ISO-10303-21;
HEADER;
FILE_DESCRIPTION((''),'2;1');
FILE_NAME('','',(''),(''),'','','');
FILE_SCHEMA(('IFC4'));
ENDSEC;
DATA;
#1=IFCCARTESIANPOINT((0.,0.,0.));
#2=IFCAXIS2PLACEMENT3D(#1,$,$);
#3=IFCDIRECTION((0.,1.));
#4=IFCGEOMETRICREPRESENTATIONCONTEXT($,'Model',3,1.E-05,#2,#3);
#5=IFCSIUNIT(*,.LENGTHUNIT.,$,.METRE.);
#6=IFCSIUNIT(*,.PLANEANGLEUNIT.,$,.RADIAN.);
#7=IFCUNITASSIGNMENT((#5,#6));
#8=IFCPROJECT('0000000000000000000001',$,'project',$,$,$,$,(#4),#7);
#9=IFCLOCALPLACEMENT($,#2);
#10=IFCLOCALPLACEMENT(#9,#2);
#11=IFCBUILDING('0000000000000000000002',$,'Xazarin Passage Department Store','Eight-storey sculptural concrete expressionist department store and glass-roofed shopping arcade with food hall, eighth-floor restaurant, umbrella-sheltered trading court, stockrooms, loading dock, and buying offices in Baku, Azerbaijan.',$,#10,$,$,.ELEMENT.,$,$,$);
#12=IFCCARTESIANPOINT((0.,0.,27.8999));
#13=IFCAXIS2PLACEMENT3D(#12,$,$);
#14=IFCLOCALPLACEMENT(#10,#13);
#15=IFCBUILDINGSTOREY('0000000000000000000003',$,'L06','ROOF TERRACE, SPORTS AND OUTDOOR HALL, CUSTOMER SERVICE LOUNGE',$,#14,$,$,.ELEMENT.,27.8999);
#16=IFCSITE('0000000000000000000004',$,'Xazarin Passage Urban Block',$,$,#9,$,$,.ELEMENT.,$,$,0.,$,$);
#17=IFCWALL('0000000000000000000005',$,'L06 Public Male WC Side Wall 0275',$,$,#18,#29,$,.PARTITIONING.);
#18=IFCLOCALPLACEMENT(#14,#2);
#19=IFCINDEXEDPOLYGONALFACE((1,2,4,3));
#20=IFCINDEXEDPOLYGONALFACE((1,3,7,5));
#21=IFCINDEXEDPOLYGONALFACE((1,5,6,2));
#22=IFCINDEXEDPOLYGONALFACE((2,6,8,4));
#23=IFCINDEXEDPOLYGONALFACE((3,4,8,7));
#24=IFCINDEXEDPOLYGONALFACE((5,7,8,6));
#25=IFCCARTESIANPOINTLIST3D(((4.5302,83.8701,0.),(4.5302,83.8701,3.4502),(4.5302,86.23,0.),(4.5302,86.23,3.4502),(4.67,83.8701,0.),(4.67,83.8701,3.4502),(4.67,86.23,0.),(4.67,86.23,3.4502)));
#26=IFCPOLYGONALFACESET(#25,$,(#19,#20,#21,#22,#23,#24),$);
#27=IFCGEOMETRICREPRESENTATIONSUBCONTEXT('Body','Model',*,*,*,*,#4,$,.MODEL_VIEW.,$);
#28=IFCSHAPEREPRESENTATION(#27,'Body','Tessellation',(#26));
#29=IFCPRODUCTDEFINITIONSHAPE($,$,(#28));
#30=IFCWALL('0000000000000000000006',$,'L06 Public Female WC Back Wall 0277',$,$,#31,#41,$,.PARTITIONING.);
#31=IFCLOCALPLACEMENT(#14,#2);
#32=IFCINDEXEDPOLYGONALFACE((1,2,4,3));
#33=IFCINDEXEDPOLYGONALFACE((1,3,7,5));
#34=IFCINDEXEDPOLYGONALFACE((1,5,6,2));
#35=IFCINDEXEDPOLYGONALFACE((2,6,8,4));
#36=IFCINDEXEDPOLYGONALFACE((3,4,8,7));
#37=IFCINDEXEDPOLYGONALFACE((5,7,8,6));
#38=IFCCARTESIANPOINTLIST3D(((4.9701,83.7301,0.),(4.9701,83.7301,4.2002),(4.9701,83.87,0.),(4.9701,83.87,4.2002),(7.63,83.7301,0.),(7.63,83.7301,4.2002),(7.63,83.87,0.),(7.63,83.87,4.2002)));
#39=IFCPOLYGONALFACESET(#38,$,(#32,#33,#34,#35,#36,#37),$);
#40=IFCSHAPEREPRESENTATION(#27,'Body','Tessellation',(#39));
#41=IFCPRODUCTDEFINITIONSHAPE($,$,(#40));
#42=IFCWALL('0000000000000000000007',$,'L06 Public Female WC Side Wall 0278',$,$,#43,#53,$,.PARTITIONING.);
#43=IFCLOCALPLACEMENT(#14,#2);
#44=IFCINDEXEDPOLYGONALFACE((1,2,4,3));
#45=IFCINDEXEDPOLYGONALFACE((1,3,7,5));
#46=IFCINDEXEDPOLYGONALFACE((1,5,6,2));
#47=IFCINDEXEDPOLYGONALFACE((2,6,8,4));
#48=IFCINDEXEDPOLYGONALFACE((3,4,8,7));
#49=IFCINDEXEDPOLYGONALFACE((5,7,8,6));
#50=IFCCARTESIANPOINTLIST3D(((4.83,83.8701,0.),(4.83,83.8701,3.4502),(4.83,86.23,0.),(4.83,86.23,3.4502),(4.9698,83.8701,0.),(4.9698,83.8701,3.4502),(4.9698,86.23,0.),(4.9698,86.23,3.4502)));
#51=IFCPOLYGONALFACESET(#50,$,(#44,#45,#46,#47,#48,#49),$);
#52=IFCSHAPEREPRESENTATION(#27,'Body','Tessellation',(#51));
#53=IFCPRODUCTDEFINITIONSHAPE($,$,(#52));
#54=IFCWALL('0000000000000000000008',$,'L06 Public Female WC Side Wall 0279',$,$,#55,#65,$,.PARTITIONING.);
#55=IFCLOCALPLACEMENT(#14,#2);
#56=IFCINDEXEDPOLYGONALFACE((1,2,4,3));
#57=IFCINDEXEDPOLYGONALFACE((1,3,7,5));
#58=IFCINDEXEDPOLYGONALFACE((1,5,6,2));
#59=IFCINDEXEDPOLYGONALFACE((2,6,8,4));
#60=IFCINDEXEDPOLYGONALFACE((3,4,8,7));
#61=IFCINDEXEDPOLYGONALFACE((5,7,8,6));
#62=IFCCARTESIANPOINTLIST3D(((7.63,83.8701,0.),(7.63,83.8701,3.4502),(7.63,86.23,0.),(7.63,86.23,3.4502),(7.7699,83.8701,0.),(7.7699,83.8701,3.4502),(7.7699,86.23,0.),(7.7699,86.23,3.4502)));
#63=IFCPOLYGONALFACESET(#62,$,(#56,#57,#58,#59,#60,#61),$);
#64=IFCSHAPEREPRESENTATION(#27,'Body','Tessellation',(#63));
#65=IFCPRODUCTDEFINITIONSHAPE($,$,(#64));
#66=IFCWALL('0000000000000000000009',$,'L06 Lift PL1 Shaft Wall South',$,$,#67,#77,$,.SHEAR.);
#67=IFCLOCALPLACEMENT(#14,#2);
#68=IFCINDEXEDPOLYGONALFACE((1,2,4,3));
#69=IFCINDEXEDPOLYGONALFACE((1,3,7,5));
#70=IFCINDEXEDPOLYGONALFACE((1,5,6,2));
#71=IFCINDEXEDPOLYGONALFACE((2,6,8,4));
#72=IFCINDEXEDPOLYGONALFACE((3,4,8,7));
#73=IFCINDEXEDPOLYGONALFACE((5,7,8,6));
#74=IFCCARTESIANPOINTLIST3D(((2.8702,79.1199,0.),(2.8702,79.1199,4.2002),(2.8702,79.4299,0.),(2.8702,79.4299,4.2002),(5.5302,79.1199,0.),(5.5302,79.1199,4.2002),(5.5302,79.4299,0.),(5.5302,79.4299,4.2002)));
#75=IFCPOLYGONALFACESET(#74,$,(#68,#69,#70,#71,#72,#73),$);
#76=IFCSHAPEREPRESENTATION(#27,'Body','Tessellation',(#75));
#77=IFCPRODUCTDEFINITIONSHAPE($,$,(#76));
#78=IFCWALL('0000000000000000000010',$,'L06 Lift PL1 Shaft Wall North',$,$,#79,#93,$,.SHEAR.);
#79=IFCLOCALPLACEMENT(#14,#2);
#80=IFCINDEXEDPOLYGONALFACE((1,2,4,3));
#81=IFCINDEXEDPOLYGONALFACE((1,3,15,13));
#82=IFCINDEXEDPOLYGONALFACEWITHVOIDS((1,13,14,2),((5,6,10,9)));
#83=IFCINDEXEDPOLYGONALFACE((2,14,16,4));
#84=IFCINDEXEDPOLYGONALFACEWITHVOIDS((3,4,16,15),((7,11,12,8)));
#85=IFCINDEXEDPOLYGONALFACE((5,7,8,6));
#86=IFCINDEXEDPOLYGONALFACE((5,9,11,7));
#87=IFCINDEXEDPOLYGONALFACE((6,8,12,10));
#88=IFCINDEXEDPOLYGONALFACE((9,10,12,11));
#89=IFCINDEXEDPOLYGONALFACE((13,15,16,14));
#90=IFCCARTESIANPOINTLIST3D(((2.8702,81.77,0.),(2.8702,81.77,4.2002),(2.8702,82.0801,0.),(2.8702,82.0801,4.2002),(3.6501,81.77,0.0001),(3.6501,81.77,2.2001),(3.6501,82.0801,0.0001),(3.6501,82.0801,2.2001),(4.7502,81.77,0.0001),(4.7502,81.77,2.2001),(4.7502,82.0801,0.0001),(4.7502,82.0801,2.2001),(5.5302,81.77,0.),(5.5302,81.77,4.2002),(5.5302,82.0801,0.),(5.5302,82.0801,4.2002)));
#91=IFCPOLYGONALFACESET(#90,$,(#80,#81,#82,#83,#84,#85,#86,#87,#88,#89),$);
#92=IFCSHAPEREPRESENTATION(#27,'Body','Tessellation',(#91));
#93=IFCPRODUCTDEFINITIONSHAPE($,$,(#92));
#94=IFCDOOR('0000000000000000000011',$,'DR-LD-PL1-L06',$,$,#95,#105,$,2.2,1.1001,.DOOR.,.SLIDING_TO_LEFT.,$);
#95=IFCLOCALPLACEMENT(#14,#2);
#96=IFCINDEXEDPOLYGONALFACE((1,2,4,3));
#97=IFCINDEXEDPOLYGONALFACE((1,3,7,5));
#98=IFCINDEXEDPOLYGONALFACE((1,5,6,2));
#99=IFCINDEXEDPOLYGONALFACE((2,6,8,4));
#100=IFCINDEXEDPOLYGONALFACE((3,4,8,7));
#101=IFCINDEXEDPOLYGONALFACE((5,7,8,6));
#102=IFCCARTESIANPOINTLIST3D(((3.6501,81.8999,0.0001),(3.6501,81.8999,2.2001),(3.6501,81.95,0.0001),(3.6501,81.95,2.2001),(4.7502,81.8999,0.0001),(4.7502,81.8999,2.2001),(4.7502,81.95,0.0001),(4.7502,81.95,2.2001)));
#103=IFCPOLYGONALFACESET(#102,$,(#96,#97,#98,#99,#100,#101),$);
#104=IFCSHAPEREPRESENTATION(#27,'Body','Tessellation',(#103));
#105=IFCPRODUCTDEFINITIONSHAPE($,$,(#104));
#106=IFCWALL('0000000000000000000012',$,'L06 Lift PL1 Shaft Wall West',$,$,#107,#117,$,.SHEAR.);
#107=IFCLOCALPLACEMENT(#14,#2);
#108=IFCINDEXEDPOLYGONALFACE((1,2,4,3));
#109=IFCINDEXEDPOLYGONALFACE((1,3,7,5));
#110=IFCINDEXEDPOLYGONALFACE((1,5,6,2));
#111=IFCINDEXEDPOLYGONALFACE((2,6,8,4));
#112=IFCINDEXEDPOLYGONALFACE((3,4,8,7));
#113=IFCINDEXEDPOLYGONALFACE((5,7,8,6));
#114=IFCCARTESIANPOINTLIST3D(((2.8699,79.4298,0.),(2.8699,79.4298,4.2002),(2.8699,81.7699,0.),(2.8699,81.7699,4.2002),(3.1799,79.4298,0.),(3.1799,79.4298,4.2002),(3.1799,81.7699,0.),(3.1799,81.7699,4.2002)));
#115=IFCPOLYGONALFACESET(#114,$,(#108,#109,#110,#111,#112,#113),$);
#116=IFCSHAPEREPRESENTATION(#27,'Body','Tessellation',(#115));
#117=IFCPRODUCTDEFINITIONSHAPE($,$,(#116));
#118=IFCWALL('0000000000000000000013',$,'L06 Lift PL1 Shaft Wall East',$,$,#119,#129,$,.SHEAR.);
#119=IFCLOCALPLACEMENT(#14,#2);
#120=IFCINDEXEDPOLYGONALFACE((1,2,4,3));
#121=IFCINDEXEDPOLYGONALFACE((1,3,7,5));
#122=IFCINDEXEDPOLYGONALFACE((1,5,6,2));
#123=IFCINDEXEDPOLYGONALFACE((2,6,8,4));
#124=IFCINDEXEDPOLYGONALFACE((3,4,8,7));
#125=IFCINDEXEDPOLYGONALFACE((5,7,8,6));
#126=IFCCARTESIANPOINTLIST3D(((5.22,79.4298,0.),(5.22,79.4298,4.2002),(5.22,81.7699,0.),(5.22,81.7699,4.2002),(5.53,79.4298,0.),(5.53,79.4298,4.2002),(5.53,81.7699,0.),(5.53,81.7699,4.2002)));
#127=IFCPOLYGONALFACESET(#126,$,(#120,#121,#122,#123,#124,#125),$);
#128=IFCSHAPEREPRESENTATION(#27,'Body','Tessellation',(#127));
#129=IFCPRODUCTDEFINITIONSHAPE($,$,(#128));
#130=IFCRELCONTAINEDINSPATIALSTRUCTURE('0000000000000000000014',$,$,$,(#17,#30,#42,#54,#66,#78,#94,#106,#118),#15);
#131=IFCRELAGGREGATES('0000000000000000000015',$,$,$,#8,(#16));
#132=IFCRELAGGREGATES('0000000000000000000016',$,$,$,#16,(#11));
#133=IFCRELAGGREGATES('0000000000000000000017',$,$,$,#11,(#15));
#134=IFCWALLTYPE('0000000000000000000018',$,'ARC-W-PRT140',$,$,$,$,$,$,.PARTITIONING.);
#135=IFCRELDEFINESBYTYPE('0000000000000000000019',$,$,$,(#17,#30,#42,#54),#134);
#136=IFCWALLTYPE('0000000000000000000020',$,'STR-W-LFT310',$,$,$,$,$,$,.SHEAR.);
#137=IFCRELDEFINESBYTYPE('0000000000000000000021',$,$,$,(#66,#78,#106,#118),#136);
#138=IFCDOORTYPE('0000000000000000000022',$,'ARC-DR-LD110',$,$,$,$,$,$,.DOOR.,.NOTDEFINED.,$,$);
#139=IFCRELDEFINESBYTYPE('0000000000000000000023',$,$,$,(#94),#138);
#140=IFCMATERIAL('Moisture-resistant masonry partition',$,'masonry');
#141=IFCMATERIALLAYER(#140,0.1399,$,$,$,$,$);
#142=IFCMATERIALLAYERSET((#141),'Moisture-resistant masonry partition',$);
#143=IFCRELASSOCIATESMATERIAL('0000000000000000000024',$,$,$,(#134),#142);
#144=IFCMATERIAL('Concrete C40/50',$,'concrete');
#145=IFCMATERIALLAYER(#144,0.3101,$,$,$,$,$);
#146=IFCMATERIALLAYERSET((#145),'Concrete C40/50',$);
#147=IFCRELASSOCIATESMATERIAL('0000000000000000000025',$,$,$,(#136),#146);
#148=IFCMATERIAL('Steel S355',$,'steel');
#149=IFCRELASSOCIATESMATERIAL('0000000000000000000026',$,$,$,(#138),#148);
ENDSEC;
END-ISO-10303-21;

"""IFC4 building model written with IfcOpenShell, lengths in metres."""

from ifc_helpers import new_model, si_unit, direction, frame, frame_2d, origin, place, context, subcontext, project, spatial, rectangle, extrude, material, layer, layer_set, type_object, element, fill, save


model = new_model("IFC4")

# Units and contexts
model_context = context("Model", 3, precision=1e-05, world=origin(), true_north=direction((0.0, 1.0)))
body_context = subcontext(model_context, "Body", "Model", "MODEL_VIEW")
ifc_project = project(units=[si_unit("LENGTHUNIT", "METRE"), si_unit("PLANEANGLEUNIT", "RADIAN")], contexts=[model_context])

# Site, building, storey
site_placement = place(None, origin())
site = spatial("IfcSite", under=ifc_project, at=site_placement, Name="Xazarin Passage Urban Block", CompositionType="ELEMENT", RefElevation=0.0)
building_placement = place(site_placement, origin())
building = spatial("IfcBuilding", under=site, at=building_placement, Name="Xazarin Passage Department Store", Description="Eight-storey sculptural concrete expressionist department store and glass-roofed shopping arcade with food hall, eighth-floor restaurant, umbrella-sheltered trading court, stockrooms, loading dock, and buying offices in Baku, Azerbaijan.", CompositionType="ELEMENT")
storey_placement = place(building_placement, frame((0.0, 0.0, 27.8999)))
storey = spatial("IfcBuildingStorey", under=building, at=storey_placement, Name="L06", Description="ROOF TERRACE, SPORTS AND OUTDOOR HALL, CUSTOMER SERVICE LOUNGE", CompositionType="ELEMENT", Elevation=27.8999)

# Walls
ifc_material_1 = material(Name="Moisture-resistant masonry partition", Category="masonry")
ifc_layer_1 = layer(ifc_material_1, 0.1399)
ifc_layer_set_1 = layer_set([ifc_layer_1], Name="Moisture-resistant masonry partition")
wall_type_1 = type_object("IfcWallType", Name="ARC-W-PRT140", PredefinedType="PARTITIONING", material=ifc_layer_set_1)
for number, where, z_axis, x_axis, name in (
    (1, (4.6001, 83.8701, 0.0), (0.0, 0.0, 1.0), (0.0, 1.0, 0.0), "L06 Public Male WC Side Wall 0275"),
):
    element("IfcWall", number, at=place(storey_placement, frame(where, z_axis=z_axis, x_axis=x_axis)), inside=storey, type_object=wall_type_1, Name=name, PredefinedType="PARTITIONING", context=body_context, shape_type="SweptSolid", body=[
        extrude(rectangle(XDim=2.3599, YDim=0.1399, at=frame_2d((1.1799, 0.0))), origin(), (0.0, 0.0, 1.0), 3.4502),
    ])
wall_1_placement = place(storey_placement, frame((4.97, 83.8, 0.0), z_axis=(0.0, 0.0, 1.0), x_axis=(1.0, 0.0, 0.0)))
element("IfcWall", 2, at=wall_1_placement, inside=storey, type_object=wall_type_1, Name="L06 Public Female WC Back Wall 0277", PredefinedType="PARTITIONING", context=body_context, shape_type="SweptSolid", body=[
    extrude(rectangle(XDim=2.6599, YDim=0.1399, at=frame_2d((1.3301, 0.0))), origin(), (0.0, 0.0, 1.0), 4.2002),
])
for number, where, z_axis, x_axis, name in (
    (3, (4.8999, 83.8701, 0.0), (0.0, 0.0, 1.0), (0.0, 1.0, 0.0), "L06 Public Female WC Side Wall 0278"),
    (4, (7.7, 83.8701, 0.0), (0.0, 0.0, 1.0), (0.0, 1.0, 0.0), "L06 Public Female WC Side Wall 0279"),
):
    element("IfcWall", number, at=place(storey_placement, frame(where, z_axis=z_axis, x_axis=x_axis)), inside=storey, type_object=wall_type_1, Name=name, PredefinedType="PARTITIONING", context=body_context, shape_type="SweptSolid", body=[
        extrude(rectangle(XDim=2.3599, YDim=0.1399, at=frame_2d((1.1799, 0.0))), origin(), (0.0, 0.0, 1.0), 3.4502),
    ])
ifc_material_2 = material(Name="Concrete C40/50", Category="concrete")
ifc_layer_2 = layer(ifc_material_2, 0.3101)
ifc_layer_set_2 = layer_set([ifc_layer_2], Name="Concrete C40/50")
wall_type_2 = type_object("IfcWallType", Name="STR-W-LFT310", PredefinedType="SHEAR", material=ifc_layer_set_2)
wall_2_placement = place(storey_placement, frame((2.8701, 79.2749, 0.0), z_axis=(0.0, 0.0, 1.0), x_axis=(1.0, 0.0, 0.0)))
element("IfcWall", 5, at=wall_2_placement, inside=storey, type_object=wall_type_2, Name="L06 Lift PL1 Shaft Wall South", PredefinedType="SHEAR", context=body_context, shape_type="SweptSolid", body=[
    extrude(rectangle(XDim=2.6599, YDim=0.3101, at=frame_2d((1.3301, 0.0))), origin(), (0.0, 0.0, 1.0), 4.2002),
])

# Wall, opening, door
wall_3_placement = place(storey_placement, frame((2.8701, 81.925, 0.0), z_axis=(0.0, 0.0, 1.0), x_axis=(1.0, 0.0, 0.0)))
wall_3 = element("IfcWall", 6, at=wall_3_placement, inside=storey, type_object=wall_type_2, Name="L06 Lift PL1 Shaft Wall North", PredefinedType="SHEAR", context=body_context, shape_type="SweptSolid", body=[
    extrude(rectangle(XDim=2.6599, YDim=0.3101, at=frame_2d((1.3301, 0.0))), origin(), (0.0, 0.0, 1.0), 4.2002),
])
opening_placement = place(wall_3_placement, frame((0.78, 0.0, 0.0)))
opening = element("IfcOpeningElement", 7, at=opening_placement, cuts=wall_3, PredefinedType="OPENING", context=body_context, shape_type="SweptSolid", body=[
    extrude(rectangle(XDim=1.1001, YDim=2.2, at=frame_2d((0.55, 1.1001))), frame((0.0, 0.165, 0.0), z_axis=(0.0, -1.0, 0.0), x_axis=(1.0, 0.0, 0.0)), (0.0, 0.0, 1.0), 0.3301),
])
ifc_material_3 = material(Name="Steel S355", Category="steel")
door_type = type_object("IfcDoorType", Name="ARC-DR-LD110", OperationType="NOTDEFINED", PredefinedType="DOOR", material=ifc_material_3)
door_placement = place(opening_placement, origin())
door = element("IfcDoor", 8, at=door_placement, inside=storey, type_object=door_type, Name="DR-LD-PL1-L06", OperationType="SLIDING_TO_LEFT", OverallHeight=2.2, OverallWidth=1.1001, PredefinedType="DOOR", context=body_context, shape_type="SweptSolid", body=[
    extrude(rectangle(XDim=1.1001, YDim=2.2, at=frame_2d((0.55, 1.1001))), frame((0.0, 0.0249, 0.0), z_axis=(0.0, -1.0, 0.0), x_axis=(1.0, 0.0, 0.0)), (0.0, 0.0, 1.0), 0.05),
])
fill(opening, door)

# Walls
for number, where, z_axis, x_axis, name in (
    (9, (3.0249, 79.4299, 0.0), (0.0, 0.0, 1.0), (0.0, 1.0, 0.0), "L06 Lift PL1 Shaft Wall West"),
    (10, (5.375, 79.4299, 0.0), (0.0, 0.0, 1.0), (0.0, 1.0, 0.0), "L06 Lift PL1 Shaft Wall East"),
):
    element("IfcWall", number, at=place(storey_placement, frame(where, z_axis=z_axis, x_axis=x_axis)), inside=storey, type_object=wall_type_2, Name=name, PredefinedType="SHEAR", context=body_context, shape_type="SweptSolid", body=[
        extrude(rectangle(XDim=2.3401, YDim=0.3101, at=frame_2d((1.1699, 0.0))), origin(), (0.0, 0.0, 1.0), 4.2002),
    ])

save(model, "model.ifc")
